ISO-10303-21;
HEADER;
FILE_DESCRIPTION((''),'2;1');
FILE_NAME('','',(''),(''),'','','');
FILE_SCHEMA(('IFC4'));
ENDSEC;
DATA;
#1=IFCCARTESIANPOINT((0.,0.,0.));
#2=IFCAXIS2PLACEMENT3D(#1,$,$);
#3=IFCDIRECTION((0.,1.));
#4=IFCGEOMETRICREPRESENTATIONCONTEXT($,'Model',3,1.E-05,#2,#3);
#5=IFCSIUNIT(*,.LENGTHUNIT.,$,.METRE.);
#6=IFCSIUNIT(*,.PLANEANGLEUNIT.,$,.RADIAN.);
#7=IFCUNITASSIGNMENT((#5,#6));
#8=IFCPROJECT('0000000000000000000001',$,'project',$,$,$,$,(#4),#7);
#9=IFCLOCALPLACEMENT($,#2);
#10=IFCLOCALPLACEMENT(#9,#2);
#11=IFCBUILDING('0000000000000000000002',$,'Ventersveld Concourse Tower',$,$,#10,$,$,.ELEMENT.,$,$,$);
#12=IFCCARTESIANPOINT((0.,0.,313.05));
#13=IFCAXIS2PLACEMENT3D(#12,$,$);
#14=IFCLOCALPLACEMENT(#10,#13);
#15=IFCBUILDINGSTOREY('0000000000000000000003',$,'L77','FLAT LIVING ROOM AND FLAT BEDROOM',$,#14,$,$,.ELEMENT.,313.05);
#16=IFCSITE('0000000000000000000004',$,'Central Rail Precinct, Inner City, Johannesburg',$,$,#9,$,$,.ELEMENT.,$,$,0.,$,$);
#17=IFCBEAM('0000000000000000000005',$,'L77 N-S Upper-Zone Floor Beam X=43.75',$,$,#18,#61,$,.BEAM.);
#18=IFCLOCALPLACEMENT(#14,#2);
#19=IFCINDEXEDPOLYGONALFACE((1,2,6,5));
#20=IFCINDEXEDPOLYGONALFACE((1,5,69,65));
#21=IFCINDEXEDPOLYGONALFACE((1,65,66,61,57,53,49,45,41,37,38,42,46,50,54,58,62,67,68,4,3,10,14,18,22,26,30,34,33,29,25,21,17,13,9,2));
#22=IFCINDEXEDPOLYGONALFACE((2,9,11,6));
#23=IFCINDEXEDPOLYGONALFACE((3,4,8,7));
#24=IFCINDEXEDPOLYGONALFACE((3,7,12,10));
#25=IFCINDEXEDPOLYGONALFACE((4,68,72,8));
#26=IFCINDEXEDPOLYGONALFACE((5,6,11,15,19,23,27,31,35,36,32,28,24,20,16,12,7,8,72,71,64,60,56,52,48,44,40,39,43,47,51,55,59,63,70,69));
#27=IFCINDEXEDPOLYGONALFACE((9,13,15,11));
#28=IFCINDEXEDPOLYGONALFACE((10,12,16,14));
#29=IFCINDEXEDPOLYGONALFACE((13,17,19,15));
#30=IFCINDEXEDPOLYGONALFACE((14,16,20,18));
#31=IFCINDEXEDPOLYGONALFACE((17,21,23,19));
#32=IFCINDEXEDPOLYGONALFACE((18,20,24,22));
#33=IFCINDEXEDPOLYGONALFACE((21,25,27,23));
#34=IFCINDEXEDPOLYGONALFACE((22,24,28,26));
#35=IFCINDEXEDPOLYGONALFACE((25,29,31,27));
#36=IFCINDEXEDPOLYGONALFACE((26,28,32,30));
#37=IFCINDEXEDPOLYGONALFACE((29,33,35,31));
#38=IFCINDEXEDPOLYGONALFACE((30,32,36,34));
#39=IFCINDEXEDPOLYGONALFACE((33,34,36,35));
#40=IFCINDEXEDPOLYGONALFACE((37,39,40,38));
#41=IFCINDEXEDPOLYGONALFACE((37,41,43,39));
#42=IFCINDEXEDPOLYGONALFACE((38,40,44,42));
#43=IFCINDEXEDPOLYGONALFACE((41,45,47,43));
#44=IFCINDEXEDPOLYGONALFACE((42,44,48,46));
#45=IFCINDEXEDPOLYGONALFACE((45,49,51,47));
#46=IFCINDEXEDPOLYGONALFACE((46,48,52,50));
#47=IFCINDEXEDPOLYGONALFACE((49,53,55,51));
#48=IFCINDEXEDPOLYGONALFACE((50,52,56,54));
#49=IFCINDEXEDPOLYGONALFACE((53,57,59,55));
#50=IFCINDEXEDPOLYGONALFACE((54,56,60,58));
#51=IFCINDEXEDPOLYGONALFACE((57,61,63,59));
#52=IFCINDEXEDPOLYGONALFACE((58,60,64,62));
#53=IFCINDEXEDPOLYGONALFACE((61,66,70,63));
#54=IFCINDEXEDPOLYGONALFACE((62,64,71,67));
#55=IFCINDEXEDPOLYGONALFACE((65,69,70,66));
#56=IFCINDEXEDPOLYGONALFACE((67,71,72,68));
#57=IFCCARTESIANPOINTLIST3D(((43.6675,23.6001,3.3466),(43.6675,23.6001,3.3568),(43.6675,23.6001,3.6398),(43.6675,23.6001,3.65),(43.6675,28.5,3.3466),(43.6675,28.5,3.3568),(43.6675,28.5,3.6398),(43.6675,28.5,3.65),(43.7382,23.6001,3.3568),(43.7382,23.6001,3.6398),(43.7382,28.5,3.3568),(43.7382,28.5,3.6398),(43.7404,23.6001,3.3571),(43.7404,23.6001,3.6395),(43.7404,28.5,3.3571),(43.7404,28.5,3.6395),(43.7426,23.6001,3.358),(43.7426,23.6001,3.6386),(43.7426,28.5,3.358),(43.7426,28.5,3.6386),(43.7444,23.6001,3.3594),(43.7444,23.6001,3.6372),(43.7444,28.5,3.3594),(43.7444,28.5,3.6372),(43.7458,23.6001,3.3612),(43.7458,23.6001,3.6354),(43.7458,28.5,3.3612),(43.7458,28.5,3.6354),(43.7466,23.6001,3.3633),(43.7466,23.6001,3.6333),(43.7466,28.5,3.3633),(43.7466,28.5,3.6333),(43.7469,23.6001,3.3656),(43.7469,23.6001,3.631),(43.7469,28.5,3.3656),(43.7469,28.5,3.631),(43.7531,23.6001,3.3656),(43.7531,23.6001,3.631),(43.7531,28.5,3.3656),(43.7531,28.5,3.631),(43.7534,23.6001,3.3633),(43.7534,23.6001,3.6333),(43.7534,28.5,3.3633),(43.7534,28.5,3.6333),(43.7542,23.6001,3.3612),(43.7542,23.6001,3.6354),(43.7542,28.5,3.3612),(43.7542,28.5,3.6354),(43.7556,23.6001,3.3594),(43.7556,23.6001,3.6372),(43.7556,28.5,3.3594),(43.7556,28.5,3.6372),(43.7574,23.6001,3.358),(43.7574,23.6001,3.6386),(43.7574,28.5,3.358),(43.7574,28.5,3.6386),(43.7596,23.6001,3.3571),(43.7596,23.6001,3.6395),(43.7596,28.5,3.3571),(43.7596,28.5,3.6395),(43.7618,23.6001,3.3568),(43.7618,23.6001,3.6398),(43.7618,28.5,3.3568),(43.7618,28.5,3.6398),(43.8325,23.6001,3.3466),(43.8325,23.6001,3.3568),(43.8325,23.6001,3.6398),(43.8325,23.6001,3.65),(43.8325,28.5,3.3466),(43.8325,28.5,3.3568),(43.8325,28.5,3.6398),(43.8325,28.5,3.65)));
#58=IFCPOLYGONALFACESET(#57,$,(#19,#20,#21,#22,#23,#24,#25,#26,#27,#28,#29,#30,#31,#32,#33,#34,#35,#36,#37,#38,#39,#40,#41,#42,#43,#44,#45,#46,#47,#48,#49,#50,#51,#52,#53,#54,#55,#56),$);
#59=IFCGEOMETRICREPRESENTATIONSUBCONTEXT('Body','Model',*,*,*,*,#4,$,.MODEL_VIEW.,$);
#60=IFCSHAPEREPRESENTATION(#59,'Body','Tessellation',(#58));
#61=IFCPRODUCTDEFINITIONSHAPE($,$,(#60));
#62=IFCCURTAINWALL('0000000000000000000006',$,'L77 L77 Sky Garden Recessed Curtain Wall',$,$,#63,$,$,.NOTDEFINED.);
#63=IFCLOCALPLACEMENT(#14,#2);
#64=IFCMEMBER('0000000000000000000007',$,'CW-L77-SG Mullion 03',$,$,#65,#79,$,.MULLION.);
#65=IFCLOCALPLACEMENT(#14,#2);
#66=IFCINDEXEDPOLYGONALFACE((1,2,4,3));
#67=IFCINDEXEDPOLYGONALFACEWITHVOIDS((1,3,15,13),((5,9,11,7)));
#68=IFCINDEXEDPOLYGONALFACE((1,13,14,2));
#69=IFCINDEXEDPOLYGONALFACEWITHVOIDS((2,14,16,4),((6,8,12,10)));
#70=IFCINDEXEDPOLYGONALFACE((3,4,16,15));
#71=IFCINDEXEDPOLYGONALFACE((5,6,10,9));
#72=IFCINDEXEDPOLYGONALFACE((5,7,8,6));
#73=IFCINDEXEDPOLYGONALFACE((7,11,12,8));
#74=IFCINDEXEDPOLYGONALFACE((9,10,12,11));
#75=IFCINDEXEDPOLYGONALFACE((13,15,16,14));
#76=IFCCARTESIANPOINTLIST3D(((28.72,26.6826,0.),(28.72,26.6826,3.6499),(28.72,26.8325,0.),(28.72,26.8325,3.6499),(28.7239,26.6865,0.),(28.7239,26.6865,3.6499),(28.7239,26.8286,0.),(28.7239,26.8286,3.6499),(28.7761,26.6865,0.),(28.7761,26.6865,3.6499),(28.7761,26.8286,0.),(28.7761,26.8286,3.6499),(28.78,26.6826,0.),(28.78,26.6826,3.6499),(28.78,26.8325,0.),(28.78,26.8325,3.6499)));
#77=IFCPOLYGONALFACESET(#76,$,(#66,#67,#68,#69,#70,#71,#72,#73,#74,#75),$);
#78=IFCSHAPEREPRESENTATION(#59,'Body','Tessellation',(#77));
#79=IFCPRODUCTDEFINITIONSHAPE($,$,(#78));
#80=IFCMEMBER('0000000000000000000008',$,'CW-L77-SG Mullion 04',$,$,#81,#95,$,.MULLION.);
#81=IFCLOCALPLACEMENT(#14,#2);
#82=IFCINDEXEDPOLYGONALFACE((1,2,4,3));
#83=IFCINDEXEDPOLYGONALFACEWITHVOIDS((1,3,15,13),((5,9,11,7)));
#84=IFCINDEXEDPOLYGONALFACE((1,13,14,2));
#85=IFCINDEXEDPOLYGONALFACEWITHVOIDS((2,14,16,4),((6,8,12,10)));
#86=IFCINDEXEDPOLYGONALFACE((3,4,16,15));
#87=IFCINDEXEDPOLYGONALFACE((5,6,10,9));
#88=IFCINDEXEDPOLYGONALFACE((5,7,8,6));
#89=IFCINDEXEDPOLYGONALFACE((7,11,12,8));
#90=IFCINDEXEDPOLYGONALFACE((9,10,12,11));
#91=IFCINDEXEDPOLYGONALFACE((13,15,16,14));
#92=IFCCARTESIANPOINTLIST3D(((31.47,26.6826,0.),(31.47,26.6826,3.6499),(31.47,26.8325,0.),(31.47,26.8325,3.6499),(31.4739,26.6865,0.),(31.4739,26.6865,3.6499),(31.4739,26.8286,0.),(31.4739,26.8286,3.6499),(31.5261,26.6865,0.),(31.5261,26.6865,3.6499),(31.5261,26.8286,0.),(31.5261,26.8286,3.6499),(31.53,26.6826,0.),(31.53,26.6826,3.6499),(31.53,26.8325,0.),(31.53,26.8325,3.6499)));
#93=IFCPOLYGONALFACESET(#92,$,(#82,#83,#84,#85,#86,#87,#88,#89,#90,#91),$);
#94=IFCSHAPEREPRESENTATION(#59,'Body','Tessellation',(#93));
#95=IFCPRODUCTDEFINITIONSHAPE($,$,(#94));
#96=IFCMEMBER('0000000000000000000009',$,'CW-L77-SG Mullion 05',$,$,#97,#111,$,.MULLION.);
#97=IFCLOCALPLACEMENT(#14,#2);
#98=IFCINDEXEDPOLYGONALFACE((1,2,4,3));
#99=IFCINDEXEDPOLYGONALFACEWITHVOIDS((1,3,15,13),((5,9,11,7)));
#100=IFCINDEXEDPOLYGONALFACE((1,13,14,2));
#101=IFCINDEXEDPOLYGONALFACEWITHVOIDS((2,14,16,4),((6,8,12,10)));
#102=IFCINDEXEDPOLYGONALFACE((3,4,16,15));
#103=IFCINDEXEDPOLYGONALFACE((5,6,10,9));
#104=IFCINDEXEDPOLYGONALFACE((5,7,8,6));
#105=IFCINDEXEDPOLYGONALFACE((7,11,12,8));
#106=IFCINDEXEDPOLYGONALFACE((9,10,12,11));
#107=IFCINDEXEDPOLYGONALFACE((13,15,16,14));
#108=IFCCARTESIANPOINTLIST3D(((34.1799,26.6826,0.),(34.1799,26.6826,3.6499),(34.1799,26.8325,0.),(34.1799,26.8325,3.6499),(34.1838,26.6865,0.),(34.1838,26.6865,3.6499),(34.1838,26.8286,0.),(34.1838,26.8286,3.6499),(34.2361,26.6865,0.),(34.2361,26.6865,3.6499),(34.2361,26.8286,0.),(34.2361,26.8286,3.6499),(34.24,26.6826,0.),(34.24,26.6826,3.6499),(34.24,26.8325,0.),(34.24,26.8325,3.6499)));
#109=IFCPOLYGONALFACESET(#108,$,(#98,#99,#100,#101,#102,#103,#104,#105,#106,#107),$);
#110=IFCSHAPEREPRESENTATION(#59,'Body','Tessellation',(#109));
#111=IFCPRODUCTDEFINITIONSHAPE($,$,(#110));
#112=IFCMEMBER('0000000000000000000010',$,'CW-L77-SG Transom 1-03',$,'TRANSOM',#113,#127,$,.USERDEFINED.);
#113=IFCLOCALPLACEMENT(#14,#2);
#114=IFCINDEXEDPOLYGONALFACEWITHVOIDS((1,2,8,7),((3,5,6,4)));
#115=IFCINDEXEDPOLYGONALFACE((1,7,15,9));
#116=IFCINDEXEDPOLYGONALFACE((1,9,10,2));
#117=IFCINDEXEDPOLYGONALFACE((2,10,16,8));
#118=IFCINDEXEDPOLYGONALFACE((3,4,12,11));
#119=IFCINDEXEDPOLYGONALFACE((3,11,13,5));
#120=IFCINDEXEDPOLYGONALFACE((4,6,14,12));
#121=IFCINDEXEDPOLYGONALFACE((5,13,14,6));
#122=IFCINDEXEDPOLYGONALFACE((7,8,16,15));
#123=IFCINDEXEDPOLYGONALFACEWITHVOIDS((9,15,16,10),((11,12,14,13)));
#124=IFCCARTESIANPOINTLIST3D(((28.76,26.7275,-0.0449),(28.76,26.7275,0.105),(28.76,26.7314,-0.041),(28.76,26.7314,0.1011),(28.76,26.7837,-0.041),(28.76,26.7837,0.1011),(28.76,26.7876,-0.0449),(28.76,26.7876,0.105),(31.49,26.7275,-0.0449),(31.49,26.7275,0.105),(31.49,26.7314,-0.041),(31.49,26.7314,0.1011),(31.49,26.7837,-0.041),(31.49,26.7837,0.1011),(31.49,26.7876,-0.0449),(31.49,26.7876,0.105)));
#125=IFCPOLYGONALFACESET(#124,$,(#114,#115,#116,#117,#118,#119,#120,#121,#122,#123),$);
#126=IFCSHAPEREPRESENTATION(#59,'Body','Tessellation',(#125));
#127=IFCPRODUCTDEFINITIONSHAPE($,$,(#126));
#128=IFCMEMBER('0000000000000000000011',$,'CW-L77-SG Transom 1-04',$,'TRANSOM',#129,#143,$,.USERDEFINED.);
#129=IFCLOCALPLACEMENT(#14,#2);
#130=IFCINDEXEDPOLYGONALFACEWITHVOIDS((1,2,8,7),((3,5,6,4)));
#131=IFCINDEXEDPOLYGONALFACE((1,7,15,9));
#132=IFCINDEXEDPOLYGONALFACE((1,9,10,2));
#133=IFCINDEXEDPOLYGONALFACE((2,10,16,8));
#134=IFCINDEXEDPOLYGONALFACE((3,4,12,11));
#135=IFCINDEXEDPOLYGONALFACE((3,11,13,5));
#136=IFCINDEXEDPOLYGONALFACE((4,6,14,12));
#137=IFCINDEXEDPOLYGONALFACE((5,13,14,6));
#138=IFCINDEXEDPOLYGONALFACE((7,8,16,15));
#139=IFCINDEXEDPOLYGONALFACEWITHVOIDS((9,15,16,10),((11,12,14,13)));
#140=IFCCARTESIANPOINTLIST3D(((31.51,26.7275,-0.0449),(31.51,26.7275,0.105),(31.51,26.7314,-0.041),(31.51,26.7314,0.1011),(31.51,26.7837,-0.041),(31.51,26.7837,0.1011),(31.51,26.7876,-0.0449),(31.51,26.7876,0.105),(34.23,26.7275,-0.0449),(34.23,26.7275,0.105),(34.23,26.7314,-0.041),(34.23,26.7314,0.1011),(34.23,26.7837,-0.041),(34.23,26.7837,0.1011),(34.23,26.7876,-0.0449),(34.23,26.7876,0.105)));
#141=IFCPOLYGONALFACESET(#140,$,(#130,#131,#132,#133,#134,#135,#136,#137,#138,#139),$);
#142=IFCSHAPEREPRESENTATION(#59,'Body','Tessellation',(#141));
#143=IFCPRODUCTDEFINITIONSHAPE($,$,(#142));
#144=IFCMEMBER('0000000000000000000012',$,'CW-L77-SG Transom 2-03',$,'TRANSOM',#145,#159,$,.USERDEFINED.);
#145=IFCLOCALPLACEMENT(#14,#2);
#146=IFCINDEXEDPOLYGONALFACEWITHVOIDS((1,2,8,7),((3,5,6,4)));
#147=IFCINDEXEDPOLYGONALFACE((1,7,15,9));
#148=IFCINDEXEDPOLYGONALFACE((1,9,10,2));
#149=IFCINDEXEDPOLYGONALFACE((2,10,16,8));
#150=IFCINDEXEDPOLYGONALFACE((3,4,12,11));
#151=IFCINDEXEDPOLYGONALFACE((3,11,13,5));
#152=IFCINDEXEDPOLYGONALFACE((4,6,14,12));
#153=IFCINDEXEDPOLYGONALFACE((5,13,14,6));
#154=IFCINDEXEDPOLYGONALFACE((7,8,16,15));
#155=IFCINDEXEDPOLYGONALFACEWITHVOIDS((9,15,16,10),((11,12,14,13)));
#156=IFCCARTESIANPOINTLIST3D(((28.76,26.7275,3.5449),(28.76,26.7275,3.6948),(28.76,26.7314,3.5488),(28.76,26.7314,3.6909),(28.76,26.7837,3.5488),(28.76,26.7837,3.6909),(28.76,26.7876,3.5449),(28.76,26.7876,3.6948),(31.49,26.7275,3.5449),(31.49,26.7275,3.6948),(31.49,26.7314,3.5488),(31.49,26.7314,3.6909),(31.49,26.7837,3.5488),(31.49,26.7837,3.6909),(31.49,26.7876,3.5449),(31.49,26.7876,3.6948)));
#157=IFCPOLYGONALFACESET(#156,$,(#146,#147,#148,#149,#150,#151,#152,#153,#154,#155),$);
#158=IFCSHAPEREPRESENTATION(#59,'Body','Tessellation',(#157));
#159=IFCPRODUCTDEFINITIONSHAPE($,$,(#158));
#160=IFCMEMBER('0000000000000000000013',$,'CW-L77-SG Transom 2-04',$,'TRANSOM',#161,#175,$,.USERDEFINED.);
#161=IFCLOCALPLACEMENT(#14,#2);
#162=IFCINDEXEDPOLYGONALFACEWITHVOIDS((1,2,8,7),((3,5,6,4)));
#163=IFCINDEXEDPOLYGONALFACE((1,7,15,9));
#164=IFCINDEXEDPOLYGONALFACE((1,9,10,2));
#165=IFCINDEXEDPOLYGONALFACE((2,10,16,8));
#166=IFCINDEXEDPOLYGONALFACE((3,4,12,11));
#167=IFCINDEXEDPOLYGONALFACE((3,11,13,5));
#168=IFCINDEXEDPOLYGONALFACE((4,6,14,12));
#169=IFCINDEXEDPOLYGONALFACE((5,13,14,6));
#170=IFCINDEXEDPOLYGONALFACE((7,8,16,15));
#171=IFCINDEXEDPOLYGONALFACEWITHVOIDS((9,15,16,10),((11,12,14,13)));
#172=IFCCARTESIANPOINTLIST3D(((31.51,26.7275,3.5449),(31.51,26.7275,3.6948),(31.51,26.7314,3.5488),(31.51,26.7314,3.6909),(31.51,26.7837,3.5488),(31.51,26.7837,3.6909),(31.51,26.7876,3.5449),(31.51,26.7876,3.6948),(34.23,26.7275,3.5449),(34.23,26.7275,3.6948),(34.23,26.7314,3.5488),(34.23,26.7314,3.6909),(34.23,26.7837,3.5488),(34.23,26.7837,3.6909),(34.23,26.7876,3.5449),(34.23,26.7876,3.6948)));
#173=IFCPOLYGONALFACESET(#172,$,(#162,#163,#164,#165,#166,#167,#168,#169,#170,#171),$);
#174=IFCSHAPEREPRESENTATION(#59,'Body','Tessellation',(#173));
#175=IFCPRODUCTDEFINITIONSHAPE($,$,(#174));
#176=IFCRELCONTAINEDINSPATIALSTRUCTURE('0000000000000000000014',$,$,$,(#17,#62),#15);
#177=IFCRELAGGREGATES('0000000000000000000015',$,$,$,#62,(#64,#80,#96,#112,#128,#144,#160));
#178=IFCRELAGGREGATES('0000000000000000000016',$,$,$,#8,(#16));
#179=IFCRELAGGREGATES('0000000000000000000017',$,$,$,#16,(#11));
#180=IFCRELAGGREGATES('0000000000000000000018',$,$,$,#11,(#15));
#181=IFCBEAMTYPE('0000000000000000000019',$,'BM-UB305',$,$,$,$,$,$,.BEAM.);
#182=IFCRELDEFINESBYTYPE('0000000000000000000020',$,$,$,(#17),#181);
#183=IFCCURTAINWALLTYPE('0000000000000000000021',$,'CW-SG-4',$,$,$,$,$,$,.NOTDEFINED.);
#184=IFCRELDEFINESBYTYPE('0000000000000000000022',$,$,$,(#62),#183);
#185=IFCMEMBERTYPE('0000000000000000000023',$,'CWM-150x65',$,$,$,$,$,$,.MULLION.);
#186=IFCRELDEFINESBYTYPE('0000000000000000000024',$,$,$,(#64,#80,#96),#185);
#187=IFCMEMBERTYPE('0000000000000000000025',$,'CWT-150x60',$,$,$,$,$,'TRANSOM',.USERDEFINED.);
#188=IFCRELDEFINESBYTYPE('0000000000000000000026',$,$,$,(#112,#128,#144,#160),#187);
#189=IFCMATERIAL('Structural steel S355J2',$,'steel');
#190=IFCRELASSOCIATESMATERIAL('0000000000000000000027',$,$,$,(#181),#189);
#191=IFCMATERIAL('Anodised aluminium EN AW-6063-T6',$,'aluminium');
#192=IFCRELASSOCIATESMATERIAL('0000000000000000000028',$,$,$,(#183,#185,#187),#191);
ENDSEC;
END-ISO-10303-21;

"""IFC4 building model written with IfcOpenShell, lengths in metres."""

from ifc_helpers import new_model, si_unit, direction, frame, origin, origin_2d, place, context, subcontext, project, spatial, hollow_rectangle, i_section, extrude, material, material_profile, profile_set, type_object, element, aggregate, save


model = new_model("IFC4")

# Units and contexts
model_context = context("Model", 3, precision=1e-05, world=origin(), true_north=direction((0.0, 1.0)))
body_context = subcontext(model_context, "Body", "Model", "MODEL_VIEW")
ifc_project = project(units=[si_unit("LENGTHUNIT", "METRE"), si_unit("PLANEANGLEUNIT", "RADIAN")], contexts=[model_context])

# Site, building, storey
site_placement = place(None, origin())
site = spatial("IfcSite", under=ifc_project, at=site_placement, Name="Central Rail Precinct, Inner City, Johannesburg", CompositionType="ELEMENT", RefElevation=0.0)
building_placement = place(site_placement, origin())
building = spatial("IfcBuilding", under=site, at=building_placement, Name="Ventersveld Concourse Tower", CompositionType="ELEMENT")
storey_placement = place(building_placement, frame((0.0, 0.0, 313.05)))
storey = spatial("IfcBuildingStorey", under=building, at=storey_placement, Name="L77", Description="FLAT LIVING ROOM AND FLAT BEDROOM", CompositionType="ELEMENT", Elevation=313.05)

# Shared definitions
ifc_material_1 = material(Name="Structural steel S355J2", Category="steel")

# Beam
ifc_material_profile_1 = material_profile(ifc_material_1, i_section(OverallWidth=0.165, OverallDepth=0.3035, WebThickness=0.0061, FlangeThickness=0.0103, FilletRadius=0.0088, at=origin_2d()), Name="UB 305x165x40")
ifc_profile_set_1 = profile_set([ifc_material_profile_1], Name="Structural steel S355J2")
beam_type_1 = type_object("IfcBeamType", Name="BM-UB305", PredefinedType="BEAM", material=ifc_profile_set_1)
beam_1_placement = place(storey_placement, frame((43.75, 23.6001, 3.4983), z_axis=(0.0, 1.0, 0.0), x_axis=(-1.0, 0.0, 0.0)))
element("IfcBeam", 1, at=beam_1_placement, inside=storey, type_object=beam_type_1, Name="L77 N-S Upper-Zone Floor Beam X=43.75", PredefinedType="BEAM", context=body_context, shape_type="SweptSolid", body=[
    extrude(i_section(OverallWidth=0.165, OverallDepth=0.3035, WebThickness=0.0061, FlangeThickness=0.0103, FilletRadius=0.0088, at=origin_2d()), origin(), (0.0, 0.0, 1.0), 4.8999),
])

# Curtain wall, members
ifc_material_2 = material(Name="Anodised aluminium EN AW-6063-T6", Category="aluminium")
curtain_wall_type = type_object("IfcCurtainWallType", Name="CW-SG-4", PredefinedType="NOTDEFINED", material=ifc_material_2)
curtain_wall_placement = place(storey_placement, origin())
curtain_wall = element("IfcCurtainWall", 2, at=curtain_wall_placement, inside=storey, type_object=curtain_wall_type, Name="L77 L77 Sky Garden Recessed Curtain Wall", PredefinedType="NOTDEFINED")
ifc_material_profile_2 = material_profile(ifc_material_2, hollow_rectangle(XDim=0.0601, YDim=0.1499, WallThickness=0.0039, at=origin_2d()), Name="ALU 150x60x4")
ifc_profile_set_2 = profile_set([ifc_material_profile_2], Name="Anodised aluminium EN AW-6063-T6")
member_type_1 = type_object("IfcMemberType", Name="CWM-150x65", PredefinedType="MULLION", material=ifc_profile_set_2)
member_1_placement = place(storey_placement, frame((28.75, 26.7576, 0.0), z_axis=(0.0, 0.0, 1.0), x_axis=(1.0, 0.0, 0.0)))
member_1 = element("IfcMember", 3, at=member_1_placement, type_object=member_type_1, Name="CW-L77-SG Mullion 03", PredefinedType="MULLION", context=body_context, shape_type="SweptSolid", body=[
    extrude(hollow_rectangle(XDim=0.0601, YDim=0.1499, WallThickness=0.0039, at=origin_2d()), origin(), (0.0, 0.0, 1.0), 3.6499),
])
member_2_placement = place(storey_placement, frame((31.5, 26.7576, 0.0), z_axis=(0.0, 0.0, 1.0), x_axis=(1.0, 0.0, 0.0)))
member_2 = element("IfcMember", 4, at=member_2_placement, type_object=member_type_1, Name="CW-L77-SG Mullion 04", PredefinedType="MULLION", context=body_context, shape_type="SweptSolid", body=[
    extrude(hollow_rectangle(XDim=0.0601, YDim=0.1499, WallThickness=0.0039, at=origin_2d()), origin(), (0.0, 0.0, 1.0), 3.6499),
])
member_3_placement = place(storey_placement, frame((34.21, 26.7576, 0.0), z_axis=(0.0, 0.0, 1.0), x_axis=(1.0, 0.0, 0.0)))
member_3 = element("IfcMember", 5, at=member_3_placement, type_object=member_type_1, Name="CW-L77-SG Mullion 05", PredefinedType="MULLION", context=body_context, shape_type="SweptSolid", body=[
    extrude(hollow_rectangle(XDim=0.0601, YDim=0.1499, WallThickness=0.0039, at=origin_2d()), origin(), (0.0, 0.0, 1.0), 3.6499),
])
ifc_material_profile_3 = material_profile(ifc_material_2, hollow_rectangle(XDim=0.0601, YDim=0.1499, WallThickness=0.0039, at=origin_2d()), Name="ALU 150x60x4")
ifc_profile_set_3 = profile_set([ifc_material_profile_3], Name="Anodised aluminium EN AW-6063-T6")
member_type_2 = type_object("IfcMemberType", Name="CWT-150x60", ElementType="TRANSOM", PredefinedType="USERDEFINED", material=ifc_profile_set_3)
member_4_placement = place(storey_placement, frame((28.76, 26.7576, 0.03), z_axis=(1.0, 0.0, 0.0), x_axis=(0.0, 1.0, 0.0)))
member_4 = element("IfcMember", 6, at=member_4_placement, type_object=member_type_2, Name="CW-L77-SG Transom 1-03", ObjectType="TRANSOM", PredefinedType="USERDEFINED", context=body_context, shape_type="SweptSolid", body=[
    extrude(hollow_rectangle(XDim=0.0601, YDim=0.1499, WallThickness=0.0039, at=origin_2d()), origin(), (0.0, 0.0, 1.0), 2.73),
])
member_5_placement = place(storey_placement, frame((31.51, 26.7576, 0.03), z_axis=(1.0, 0.0, 0.0), x_axis=(0.0, 1.0, 0.0)))
member_5 = element("IfcMember", 7, at=member_5_placement, type_object=member_type_2, Name="CW-L77-SG Transom 1-04", ObjectType="TRANSOM", PredefinedType="USERDEFINED", context=body_context, shape_type="SweptSolid", body=[
    extrude(hollow_rectangle(XDim=0.0601, YDim=0.1499, WallThickness=0.0039, at=origin_2d()), origin(), (0.0, 0.0, 1.0), 2.72),
])
member_6_placement = place(storey_placement, frame((28.76, 26.7576, 3.6199), z_axis=(1.0, 0.0, 0.0), x_axis=(0.0, 1.0, 0.0)))
member_6 = element("IfcMember", 8, at=member_6_placement, type_object=member_type_2, Name="CW-L77-SG Transom 2-03", ObjectType="TRANSOM", PredefinedType="USERDEFINED", context=body_context, shape_type="SweptSolid", body=[
    extrude(hollow_rectangle(XDim=0.0601, YDim=0.1499, WallThickness=0.0039, at=origin_2d()), origin(), (0.0, 0.0, 1.0), 2.73),
])
member_7_placement = place(storey_placement, frame((31.51, 26.7576, 3.6199), z_axis=(1.0, 0.0, 0.0), x_axis=(0.0, 1.0, 0.0)))
member_7 = element("IfcMember", 9, at=member_7_placement, type_object=member_type_2, Name="CW-L77-SG Transom 2-04", ObjectType="TRANSOM", PredefinedType="USERDEFINED", context=body_context, shape_type="SweptSolid", body=[
    extrude(hollow_rectangle(XDim=0.0601, YDim=0.1499, WallThickness=0.0039, at=origin_2d()), origin(), (0.0, 0.0, 1.0), 2.72),
])

aggregate(curtain_wall, [member_1, member_2, member_3, member_4, member_5, member_6, member_7])

save(model, "model.ifc")
